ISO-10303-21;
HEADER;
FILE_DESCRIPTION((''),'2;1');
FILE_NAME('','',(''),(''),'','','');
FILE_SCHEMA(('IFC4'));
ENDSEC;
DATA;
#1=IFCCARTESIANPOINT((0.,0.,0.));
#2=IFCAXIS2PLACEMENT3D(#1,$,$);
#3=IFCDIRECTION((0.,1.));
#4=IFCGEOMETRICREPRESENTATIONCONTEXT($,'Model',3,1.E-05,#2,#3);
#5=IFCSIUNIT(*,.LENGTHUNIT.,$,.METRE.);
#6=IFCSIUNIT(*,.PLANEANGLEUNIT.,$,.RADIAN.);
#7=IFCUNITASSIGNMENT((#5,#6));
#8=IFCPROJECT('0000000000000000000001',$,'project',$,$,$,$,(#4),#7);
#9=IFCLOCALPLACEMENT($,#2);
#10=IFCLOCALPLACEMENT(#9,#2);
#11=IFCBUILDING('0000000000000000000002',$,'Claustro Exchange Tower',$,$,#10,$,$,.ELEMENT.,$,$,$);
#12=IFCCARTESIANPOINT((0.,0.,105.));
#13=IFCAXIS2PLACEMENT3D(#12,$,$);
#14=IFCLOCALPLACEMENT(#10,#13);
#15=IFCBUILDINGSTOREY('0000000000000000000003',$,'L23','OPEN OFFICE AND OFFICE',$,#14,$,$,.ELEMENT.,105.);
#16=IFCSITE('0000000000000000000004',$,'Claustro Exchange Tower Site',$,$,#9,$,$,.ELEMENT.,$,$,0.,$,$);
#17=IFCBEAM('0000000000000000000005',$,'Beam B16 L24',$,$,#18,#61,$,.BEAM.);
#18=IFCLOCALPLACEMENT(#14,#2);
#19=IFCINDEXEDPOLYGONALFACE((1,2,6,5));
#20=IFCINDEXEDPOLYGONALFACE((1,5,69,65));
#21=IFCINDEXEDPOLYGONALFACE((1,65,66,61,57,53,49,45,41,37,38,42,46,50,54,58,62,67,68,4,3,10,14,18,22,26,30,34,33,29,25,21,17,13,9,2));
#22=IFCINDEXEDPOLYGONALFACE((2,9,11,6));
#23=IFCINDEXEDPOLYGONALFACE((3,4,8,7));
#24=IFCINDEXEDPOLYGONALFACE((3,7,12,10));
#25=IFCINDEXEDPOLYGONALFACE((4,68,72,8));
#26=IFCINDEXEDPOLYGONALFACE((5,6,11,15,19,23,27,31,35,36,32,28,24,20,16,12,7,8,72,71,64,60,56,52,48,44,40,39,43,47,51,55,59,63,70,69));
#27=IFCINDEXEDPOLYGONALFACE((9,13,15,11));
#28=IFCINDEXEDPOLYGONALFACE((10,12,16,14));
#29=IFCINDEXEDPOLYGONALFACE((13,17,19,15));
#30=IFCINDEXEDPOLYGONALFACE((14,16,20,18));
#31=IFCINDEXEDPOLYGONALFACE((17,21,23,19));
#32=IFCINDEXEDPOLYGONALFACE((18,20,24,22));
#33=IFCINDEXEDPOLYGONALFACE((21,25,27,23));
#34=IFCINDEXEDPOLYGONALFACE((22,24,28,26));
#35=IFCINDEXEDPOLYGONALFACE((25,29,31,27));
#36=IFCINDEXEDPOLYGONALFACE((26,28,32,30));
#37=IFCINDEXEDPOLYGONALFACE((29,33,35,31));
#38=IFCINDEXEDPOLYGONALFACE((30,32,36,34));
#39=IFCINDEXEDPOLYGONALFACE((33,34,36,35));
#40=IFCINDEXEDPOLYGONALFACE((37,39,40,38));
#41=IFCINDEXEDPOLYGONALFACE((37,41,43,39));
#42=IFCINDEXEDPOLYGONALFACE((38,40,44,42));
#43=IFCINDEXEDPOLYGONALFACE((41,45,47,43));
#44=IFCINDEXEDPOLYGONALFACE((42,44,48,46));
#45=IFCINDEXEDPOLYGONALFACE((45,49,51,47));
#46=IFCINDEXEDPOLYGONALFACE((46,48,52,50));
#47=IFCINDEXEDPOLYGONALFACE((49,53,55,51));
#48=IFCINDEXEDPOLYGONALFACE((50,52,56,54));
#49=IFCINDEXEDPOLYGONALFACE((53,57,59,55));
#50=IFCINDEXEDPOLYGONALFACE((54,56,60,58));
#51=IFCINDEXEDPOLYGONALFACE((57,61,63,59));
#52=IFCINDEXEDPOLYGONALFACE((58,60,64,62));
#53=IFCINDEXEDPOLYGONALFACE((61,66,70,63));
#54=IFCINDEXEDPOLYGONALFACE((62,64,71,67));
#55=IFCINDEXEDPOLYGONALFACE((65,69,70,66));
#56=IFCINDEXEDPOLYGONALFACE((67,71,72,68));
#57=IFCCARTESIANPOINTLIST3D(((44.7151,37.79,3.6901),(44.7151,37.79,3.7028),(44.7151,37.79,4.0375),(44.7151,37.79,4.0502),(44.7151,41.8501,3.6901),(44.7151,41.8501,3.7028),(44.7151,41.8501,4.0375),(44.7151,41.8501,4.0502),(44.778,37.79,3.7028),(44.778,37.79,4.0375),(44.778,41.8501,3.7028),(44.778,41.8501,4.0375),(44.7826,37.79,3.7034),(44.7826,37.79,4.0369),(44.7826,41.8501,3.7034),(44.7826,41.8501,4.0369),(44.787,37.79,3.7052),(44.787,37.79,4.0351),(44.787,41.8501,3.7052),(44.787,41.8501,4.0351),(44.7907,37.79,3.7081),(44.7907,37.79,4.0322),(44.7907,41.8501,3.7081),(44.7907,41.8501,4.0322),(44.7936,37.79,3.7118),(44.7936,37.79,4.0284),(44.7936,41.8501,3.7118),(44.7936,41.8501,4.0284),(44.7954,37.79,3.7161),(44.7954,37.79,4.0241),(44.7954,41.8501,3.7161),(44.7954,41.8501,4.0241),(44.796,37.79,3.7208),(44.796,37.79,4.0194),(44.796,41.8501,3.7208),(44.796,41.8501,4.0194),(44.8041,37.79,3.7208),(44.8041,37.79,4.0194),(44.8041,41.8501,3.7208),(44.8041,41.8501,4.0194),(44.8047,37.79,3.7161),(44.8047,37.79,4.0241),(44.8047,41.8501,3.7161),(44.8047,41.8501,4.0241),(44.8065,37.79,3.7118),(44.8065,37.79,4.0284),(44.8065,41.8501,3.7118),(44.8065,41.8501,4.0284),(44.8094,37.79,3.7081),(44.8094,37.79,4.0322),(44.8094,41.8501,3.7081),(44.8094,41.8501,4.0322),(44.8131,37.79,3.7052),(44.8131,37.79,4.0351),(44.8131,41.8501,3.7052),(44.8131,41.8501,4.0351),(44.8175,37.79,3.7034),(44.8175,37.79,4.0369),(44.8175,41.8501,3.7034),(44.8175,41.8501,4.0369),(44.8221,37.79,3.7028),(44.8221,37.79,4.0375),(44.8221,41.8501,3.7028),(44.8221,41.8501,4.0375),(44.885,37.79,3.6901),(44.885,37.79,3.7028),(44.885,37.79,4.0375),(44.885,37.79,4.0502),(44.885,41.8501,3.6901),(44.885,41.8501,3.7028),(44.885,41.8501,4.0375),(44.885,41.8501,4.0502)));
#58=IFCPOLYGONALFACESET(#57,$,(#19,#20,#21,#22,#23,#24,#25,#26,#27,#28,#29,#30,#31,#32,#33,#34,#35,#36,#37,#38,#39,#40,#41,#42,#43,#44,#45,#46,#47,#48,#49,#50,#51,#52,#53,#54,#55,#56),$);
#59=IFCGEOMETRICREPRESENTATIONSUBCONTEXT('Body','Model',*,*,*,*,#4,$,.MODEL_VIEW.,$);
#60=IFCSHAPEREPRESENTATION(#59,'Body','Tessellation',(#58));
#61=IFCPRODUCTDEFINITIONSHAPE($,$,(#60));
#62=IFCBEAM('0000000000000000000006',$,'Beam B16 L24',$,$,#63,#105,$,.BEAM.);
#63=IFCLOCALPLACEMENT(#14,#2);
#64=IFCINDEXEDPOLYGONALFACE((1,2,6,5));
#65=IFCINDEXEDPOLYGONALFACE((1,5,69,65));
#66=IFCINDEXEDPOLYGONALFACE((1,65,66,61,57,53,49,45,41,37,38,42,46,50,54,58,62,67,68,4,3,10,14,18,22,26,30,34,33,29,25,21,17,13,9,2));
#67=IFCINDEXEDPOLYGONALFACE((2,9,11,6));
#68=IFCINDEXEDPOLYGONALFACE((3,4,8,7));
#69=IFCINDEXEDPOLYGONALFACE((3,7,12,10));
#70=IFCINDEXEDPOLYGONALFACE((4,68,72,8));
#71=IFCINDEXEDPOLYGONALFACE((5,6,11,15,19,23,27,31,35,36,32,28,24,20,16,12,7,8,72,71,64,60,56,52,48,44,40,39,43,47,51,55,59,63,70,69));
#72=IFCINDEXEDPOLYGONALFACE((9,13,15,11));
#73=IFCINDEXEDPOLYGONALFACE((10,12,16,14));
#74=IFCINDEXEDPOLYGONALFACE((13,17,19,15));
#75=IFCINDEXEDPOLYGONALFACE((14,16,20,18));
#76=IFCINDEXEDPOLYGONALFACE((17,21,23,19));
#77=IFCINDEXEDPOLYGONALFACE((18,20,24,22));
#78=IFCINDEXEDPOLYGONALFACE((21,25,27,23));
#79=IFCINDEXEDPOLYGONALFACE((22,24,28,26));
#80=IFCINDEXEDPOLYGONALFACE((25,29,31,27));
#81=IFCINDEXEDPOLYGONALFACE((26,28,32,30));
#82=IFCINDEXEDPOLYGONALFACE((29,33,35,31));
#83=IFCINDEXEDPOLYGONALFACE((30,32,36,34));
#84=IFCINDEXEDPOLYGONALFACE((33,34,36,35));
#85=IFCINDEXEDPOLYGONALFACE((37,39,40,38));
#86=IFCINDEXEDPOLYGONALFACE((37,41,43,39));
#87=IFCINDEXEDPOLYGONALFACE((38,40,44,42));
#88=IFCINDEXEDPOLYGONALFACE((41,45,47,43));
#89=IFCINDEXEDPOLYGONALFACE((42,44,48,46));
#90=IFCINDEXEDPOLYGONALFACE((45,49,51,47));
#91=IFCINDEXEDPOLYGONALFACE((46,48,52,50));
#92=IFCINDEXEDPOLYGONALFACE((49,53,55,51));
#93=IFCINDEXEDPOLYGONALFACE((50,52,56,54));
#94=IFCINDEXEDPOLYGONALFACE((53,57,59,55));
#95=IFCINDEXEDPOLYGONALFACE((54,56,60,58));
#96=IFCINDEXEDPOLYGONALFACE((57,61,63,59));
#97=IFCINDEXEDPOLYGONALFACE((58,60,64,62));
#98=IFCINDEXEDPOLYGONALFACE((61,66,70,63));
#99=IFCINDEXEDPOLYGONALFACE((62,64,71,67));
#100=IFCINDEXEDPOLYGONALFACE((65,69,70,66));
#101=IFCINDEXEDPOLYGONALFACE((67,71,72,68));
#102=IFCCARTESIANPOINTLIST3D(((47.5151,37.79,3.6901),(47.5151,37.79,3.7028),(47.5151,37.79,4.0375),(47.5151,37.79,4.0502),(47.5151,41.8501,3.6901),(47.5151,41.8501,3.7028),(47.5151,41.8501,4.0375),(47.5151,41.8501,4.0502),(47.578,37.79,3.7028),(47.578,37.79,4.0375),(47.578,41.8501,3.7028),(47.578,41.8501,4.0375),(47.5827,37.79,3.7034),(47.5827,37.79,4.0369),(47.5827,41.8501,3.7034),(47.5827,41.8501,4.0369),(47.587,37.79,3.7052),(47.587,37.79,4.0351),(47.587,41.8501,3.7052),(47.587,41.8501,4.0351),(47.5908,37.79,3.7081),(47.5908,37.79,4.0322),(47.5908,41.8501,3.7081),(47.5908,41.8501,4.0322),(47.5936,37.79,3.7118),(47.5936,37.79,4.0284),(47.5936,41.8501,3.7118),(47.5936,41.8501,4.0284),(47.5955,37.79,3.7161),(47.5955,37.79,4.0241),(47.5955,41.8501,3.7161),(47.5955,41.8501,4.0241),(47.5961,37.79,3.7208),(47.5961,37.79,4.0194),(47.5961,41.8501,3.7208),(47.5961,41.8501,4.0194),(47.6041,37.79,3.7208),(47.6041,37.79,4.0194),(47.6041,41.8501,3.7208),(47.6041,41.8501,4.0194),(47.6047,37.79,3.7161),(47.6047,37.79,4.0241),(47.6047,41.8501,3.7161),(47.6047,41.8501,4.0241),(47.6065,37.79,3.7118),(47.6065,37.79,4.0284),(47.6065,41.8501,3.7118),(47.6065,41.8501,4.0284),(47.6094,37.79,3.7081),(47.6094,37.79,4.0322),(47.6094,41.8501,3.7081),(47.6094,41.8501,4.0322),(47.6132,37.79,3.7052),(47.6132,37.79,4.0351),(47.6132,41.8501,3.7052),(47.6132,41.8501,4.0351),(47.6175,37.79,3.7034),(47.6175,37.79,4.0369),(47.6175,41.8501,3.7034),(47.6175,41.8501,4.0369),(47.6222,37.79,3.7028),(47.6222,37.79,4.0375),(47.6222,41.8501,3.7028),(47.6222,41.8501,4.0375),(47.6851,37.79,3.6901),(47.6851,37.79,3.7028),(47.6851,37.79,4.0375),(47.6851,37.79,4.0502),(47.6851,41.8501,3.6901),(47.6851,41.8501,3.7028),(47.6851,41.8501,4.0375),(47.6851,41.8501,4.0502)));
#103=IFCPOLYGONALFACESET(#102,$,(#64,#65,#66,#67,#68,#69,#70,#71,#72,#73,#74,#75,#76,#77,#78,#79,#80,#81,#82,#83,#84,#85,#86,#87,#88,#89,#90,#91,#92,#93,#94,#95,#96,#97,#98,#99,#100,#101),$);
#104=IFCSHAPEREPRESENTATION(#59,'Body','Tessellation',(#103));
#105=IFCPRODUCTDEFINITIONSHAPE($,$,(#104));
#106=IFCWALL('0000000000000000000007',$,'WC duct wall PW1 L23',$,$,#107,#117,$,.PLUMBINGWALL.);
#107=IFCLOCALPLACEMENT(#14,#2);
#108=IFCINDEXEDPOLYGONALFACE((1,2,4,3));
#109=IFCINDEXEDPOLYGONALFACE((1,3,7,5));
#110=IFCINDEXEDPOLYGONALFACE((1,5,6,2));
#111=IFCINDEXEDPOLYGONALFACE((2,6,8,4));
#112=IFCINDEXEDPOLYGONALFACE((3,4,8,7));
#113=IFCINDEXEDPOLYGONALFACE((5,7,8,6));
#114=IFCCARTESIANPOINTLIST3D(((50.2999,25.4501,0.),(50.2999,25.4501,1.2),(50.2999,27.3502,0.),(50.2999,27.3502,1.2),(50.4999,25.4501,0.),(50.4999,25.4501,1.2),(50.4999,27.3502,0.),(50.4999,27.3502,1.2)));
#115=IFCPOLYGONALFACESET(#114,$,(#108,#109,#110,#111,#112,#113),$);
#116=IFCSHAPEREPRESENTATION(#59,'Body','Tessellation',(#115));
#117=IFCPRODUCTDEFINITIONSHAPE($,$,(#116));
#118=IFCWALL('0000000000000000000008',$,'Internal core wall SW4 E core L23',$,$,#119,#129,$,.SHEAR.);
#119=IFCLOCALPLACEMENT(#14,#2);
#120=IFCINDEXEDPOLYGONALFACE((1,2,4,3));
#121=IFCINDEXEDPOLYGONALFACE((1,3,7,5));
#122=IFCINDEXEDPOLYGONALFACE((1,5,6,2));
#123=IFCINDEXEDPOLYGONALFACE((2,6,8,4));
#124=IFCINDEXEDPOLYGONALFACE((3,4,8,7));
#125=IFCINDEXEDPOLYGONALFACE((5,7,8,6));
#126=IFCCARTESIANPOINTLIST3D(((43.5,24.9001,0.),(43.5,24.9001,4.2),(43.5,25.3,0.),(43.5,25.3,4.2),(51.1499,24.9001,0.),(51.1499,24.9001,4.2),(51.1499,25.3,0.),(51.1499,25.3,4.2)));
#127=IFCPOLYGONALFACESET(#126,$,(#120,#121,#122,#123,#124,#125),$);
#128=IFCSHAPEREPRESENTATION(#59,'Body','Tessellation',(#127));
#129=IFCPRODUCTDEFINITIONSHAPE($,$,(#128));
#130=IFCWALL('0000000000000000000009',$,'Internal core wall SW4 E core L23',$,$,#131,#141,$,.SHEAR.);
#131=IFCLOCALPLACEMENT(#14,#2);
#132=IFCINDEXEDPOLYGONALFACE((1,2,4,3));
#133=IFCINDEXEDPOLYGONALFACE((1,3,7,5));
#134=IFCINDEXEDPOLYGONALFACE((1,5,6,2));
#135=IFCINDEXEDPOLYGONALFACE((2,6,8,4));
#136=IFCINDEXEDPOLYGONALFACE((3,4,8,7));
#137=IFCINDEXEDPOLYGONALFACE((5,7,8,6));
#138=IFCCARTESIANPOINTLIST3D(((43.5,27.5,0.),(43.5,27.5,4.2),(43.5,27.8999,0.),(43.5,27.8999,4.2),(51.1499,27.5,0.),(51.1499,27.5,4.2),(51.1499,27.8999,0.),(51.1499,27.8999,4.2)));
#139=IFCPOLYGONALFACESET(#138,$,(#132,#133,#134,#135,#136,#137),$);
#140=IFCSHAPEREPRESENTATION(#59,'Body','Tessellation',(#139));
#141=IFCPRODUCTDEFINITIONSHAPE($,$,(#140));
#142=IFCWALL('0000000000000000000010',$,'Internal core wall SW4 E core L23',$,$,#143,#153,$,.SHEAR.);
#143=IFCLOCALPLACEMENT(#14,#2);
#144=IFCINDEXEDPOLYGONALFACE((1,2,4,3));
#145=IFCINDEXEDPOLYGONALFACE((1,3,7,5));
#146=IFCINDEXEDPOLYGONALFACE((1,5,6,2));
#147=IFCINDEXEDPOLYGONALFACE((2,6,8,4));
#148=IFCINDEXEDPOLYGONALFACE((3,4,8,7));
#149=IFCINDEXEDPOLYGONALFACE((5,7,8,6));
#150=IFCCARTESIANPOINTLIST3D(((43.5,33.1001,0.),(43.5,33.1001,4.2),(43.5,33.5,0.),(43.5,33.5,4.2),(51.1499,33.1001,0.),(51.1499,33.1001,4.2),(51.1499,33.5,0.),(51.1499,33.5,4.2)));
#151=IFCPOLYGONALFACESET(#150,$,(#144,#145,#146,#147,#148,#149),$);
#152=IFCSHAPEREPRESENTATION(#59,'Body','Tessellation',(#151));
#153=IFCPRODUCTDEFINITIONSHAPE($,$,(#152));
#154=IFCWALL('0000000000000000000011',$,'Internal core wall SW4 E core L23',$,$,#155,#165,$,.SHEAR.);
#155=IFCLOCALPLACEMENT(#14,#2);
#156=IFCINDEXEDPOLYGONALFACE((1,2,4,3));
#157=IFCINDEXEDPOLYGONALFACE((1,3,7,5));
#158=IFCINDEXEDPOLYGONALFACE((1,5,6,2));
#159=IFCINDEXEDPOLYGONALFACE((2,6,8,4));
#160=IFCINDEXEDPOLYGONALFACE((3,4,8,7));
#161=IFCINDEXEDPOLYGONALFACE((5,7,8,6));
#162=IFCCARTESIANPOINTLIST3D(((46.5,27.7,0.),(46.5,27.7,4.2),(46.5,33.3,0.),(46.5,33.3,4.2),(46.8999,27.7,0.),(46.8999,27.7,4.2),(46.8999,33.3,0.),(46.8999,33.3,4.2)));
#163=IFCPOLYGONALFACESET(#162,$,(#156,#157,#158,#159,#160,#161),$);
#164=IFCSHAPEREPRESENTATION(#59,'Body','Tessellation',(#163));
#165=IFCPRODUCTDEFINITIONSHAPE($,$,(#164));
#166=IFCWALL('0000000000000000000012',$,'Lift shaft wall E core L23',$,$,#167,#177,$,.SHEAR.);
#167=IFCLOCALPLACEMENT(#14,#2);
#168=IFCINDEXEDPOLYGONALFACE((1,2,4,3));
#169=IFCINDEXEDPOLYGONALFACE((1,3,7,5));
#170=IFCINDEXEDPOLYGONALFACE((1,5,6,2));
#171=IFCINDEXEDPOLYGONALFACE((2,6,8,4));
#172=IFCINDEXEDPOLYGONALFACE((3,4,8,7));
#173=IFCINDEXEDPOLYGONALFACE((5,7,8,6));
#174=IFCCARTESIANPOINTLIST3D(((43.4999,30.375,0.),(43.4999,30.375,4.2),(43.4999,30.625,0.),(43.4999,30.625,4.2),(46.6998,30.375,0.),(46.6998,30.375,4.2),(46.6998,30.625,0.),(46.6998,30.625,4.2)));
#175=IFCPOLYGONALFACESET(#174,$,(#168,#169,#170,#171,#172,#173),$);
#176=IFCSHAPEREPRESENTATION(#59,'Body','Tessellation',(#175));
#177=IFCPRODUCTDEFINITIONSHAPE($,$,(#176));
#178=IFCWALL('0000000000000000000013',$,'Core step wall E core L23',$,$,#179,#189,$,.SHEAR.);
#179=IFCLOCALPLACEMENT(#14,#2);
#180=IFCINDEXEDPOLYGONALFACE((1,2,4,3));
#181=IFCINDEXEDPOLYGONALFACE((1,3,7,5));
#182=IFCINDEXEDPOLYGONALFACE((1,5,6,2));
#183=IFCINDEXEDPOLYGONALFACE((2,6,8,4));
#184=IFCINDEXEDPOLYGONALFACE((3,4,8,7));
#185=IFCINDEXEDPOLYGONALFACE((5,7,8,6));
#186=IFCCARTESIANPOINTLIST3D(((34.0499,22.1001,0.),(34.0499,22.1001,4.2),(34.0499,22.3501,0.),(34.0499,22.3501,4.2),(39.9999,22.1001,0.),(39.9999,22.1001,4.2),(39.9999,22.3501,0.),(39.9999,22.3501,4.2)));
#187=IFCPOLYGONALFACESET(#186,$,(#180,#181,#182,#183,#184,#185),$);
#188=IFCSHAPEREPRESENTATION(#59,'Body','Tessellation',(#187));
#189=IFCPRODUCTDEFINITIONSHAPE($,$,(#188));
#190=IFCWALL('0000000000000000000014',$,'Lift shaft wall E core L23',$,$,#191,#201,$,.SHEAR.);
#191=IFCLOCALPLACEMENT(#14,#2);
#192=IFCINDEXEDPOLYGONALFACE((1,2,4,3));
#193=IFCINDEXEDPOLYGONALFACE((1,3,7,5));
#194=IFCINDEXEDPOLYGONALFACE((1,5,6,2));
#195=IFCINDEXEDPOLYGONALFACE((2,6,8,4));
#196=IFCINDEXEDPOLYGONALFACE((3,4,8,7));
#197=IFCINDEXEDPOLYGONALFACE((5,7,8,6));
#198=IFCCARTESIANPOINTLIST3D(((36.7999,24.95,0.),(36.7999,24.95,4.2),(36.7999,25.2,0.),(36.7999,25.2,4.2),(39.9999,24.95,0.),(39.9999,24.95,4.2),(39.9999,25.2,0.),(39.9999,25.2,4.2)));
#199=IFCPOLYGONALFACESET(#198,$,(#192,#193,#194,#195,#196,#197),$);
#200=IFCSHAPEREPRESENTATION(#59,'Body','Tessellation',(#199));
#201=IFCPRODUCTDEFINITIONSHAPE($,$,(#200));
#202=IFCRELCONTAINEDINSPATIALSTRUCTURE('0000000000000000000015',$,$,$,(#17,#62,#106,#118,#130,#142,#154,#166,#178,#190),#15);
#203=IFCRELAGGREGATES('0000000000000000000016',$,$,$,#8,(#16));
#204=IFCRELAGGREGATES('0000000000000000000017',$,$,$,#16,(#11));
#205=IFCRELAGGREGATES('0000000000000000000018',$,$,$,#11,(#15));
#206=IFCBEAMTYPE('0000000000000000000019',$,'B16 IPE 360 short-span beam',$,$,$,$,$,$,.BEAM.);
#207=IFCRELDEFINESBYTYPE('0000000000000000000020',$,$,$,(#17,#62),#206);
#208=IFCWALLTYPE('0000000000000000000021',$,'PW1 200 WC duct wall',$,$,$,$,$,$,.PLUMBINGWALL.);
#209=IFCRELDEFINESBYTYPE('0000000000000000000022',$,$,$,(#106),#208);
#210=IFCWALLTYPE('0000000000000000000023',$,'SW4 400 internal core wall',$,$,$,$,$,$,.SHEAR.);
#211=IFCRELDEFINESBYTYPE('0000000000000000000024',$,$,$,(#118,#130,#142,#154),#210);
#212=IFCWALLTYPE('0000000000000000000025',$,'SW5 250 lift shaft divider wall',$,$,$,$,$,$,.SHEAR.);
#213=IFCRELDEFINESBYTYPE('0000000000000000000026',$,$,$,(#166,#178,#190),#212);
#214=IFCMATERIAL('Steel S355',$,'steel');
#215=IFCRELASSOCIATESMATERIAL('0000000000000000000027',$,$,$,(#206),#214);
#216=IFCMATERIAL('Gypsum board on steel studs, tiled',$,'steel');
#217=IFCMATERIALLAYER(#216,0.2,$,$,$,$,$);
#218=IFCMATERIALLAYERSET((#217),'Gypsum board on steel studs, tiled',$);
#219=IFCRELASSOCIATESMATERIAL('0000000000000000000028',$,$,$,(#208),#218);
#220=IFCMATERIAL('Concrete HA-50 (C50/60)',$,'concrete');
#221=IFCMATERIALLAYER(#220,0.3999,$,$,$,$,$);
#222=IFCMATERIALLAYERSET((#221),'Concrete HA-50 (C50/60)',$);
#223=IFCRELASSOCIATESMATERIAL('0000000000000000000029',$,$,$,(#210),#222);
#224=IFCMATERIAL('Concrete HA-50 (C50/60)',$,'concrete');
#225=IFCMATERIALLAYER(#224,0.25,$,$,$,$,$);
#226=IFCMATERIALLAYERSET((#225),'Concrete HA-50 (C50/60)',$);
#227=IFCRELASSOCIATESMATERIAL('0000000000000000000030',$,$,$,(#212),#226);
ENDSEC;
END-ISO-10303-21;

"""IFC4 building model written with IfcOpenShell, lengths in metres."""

from ifc_helpers import new_model, si_unit, direction, frame, frame_2d, origin, origin_2d, place, context, subcontext, project, spatial, rectangle, i_section, extrude, material, layer, layer_set, material_profile, profile_set, type_object, element, save


model = new_model("IFC4")

# Units and contexts
model_context = context("Model", 3, precision=1e-05, world=origin(), true_north=direction((0.0, 1.0)))
body_context = subcontext(model_context, "Body", "Model", "MODEL_VIEW")
ifc_project = project(units=[si_unit("LENGTHUNIT", "METRE"), si_unit("PLANEANGLEUNIT", "RADIAN")], contexts=[model_context])

# Site, building, storey
site_placement = place(None, origin())
site = spatial("IfcSite", under=ifc_project, at=site_placement, Name="Claustro Exchange Tower Site", CompositionType="ELEMENT", RefElevation=0.0)
building_placement = place(site_placement, origin())
building = spatial("IfcBuilding", under=site, at=building_placement, Name="Claustro Exchange Tower", CompositionType="ELEMENT")
storey_placement = place(building_placement, frame((0.0, 0.0, 105.0)))
storey = spatial("IfcBuildingStorey", under=building, at=storey_placement, Name="L23", Description="OPEN OFFICE AND OFFICE", CompositionType="ELEMENT", Elevation=105.0)

# Beams
ifc_material_1 = material(Name="Steel S355", Category="steel")
ifc_material_profile = material_profile(ifc_material_1, i_section(OverallWidth=0.1699, OverallDepth=0.3601, WebThickness=0.0081, FlangeThickness=0.0127, FilletRadius=0.0181, at=origin_2d()), Name="IPE 360")
ifc_profile_set = profile_set([ifc_material_profile], Name="Steel S355")
beam_type = type_object("IfcBeamType", Name="B16 IPE 360 short-span beam", PredefinedType="BEAM", material=ifc_profile_set)
for number, where, z_axis, x_axis, name in (
    (1, (44.8, 37.79, 3.8701), (0.0, 1.0, 0.0), (-1.0, 0.0, 0.0), "Beam B16 L24"),
    (2, (47.6001, 37.79, 3.8701), (0.0, 1.0, 0.0), (-1.0, 0.0, 0.0), "Beam B16 L24"),
):
    element("IfcBeam", number, at=place(storey_placement, frame(where, z_axis=z_axis, x_axis=x_axis)), inside=storey, type_object=beam_type, Name=name, PredefinedType="BEAM", context=body_context, shape_type="SweptSolid", body=[
        extrude(i_section(OverallWidth=0.1699, OverallDepth=0.3601, WebThickness=0.0081, FlangeThickness=0.0127, FilletRadius=0.0181, at=origin_2d()), origin(), (0.0, 0.0, 1.0), 4.0601),
    ])

# Walls
ifc_material_2 = material(Name="Gypsum board on steel studs, tiled", Category="steel")
ifc_layer_1 = layer(ifc_material_2, 0.2)
ifc_layer_set_1 = layer_set([ifc_layer_1], Name="Gypsum board on steel studs, tiled")
wall_type_1 = type_object("IfcWallType", Name="PW1 200 WC duct wall", PredefinedType="PLUMBINGWALL", material=ifc_layer_set_1)
wall_1_placement = place(storey_placement, frame((50.3999, 25.45, 0.0), z_axis=(0.0, 0.0, 1.0), x_axis=(0.0, 1.0, 0.0)))
element("IfcWall", 3, at=wall_1_placement, inside=storey, type_object=wall_type_1, Name="WC duct wall PW1 L23", PredefinedType="PLUMBINGWALL", context=body_context, shape_type="SweptSolid", body=[
    extrude(rectangle(XDim=1.9001, YDim=0.2, at=frame_2d((0.9502, 0.0))), origin(), (0.0, 0.0, 1.0), 1.2),
])
ifc_material_3 = material(Name="Concrete HA-50 (C50/60)", Category="concrete")
ifc_layer_2 = layer(ifc_material_3, 0.3999)
ifc_layer_set_2 = layer_set([ifc_layer_2], Name="Concrete HA-50 (C50/60)")
wall_type_2 = type_object("IfcWallType", Name="SW4 400 internal core wall", PredefinedType="SHEAR", material=ifc_layer_set_2)
for number, where, z_axis, x_axis, name in (
    (4, (51.1499, 25.1001, 0.0), (0.0, 0.0, 1.0), (-1.0, 0.0, 0.0), "Internal core wall SW4 E core L23"),
    (5, (51.1499, 27.7, 0.0), (0.0, 0.0, 1.0), (-1.0, 0.0, 0.0), "Internal core wall SW4 E core L23"),
    (6, (51.1499, 33.3, 0.0), (0.0, 0.0, 1.0), (-1.0, 0.0, 0.0), "Internal core wall SW4 E core L23"),
):
    element("IfcWall", number, at=place(storey_placement, frame(where, z_axis=z_axis, x_axis=x_axis)), inside=storey, type_object=wall_type_2, Name=name, PredefinedType="SHEAR", context=body_context, shape_type="SweptSolid", body=[
        extrude(rectangle(XDim=7.6499, YDim=0.3999, at=frame_2d((3.825, 0.0))), origin(), (0.0, 0.0, 1.0), 4.2),
    ])
wall_2_placement = place(storey_placement, frame((46.7, 27.7, 0.0), z_axis=(0.0, 0.0, 1.0), x_axis=(0.0, 1.0, 0.0)))
element("IfcWall", 7, at=wall_2_placement, inside=storey, type_object=wall_type_2, Name="Internal core wall SW4 E core L23", PredefinedType="SHEAR", context=body_context, shape_type="SweptSolid", body=[
    extrude(rectangle(XDim=5.6001, YDim=0.3999, at=frame_2d((2.8, 0.0))), origin(), (0.0, 0.0, 1.0), 4.2),
])
ifc_material_4 = material(Name="Concrete HA-50 (C50/60)", Category="concrete")
ifc_layer_3 = layer(ifc_material_4, 0.25)
ifc_layer_set_3 = layer_set([ifc_layer_3], Name="Concrete HA-50 (C50/60)")
wall_type_3 = type_object("IfcWallType", Name="SW5 250 lift shaft divider wall", PredefinedType="SHEAR", material=ifc_layer_set_3)
wall_3_placement = place(storey_placement, frame((46.7, 30.5, 0.0), z_axis=(0.0, 0.0, 1.0), x_axis=(-1.0, 0.0, 0.0)))
element("IfcWall", 8, at=wall_3_placement, inside=storey, type_object=wall_type_3, Name="Lift shaft wall E core L23", PredefinedType="SHEAR", context=body_context, shape_type="SweptSolid", body=[
    extrude(rectangle(XDim=3.2, YDim=0.25, at=frame_2d((1.6001, 0.0))), origin(), (0.0, 0.0, 1.0), 4.2),
])
wall_4_placement = place(storey_placement, frame((40.0, 22.2251, 0.0), z_axis=(0.0, 0.0, 1.0), x_axis=(-1.0, 0.0, 0.0)))
element("IfcWall", 9, at=wall_4_placement, inside=storey, type_object=wall_type_3, Name="Core step wall E core L23", PredefinedType="SHEAR", context=body_context, shape_type="SweptSolid", body=[
    extrude(rectangle(XDim=5.95, YDim=0.25, at=frame_2d((2.9751, 0.0))), origin(), (0.0, 0.0, 1.0), 4.2),
])
for number, where, z_axis, x_axis, name in (
    (10, (40.0, 25.075, 0.0), (0.0, 0.0, 1.0), (-1.0, 0.0, 0.0), "Lift shaft wall E core L23"),
):
    element("IfcWall", number, at=place(storey_placement, frame(where, z_axis=z_axis, x_axis=x_axis)), inside=storey, type_object=wall_type_3, Name=name, PredefinedType="SHEAR", context=body_context, shape_type="SweptSolid", body=[
        extrude(rectangle(XDim=3.2, YDim=0.25, at=frame_2d((1.6001, 0.0))), origin(), (0.0, 0.0, 1.0), 4.2),
    ])

save(model, "model.ifc")
